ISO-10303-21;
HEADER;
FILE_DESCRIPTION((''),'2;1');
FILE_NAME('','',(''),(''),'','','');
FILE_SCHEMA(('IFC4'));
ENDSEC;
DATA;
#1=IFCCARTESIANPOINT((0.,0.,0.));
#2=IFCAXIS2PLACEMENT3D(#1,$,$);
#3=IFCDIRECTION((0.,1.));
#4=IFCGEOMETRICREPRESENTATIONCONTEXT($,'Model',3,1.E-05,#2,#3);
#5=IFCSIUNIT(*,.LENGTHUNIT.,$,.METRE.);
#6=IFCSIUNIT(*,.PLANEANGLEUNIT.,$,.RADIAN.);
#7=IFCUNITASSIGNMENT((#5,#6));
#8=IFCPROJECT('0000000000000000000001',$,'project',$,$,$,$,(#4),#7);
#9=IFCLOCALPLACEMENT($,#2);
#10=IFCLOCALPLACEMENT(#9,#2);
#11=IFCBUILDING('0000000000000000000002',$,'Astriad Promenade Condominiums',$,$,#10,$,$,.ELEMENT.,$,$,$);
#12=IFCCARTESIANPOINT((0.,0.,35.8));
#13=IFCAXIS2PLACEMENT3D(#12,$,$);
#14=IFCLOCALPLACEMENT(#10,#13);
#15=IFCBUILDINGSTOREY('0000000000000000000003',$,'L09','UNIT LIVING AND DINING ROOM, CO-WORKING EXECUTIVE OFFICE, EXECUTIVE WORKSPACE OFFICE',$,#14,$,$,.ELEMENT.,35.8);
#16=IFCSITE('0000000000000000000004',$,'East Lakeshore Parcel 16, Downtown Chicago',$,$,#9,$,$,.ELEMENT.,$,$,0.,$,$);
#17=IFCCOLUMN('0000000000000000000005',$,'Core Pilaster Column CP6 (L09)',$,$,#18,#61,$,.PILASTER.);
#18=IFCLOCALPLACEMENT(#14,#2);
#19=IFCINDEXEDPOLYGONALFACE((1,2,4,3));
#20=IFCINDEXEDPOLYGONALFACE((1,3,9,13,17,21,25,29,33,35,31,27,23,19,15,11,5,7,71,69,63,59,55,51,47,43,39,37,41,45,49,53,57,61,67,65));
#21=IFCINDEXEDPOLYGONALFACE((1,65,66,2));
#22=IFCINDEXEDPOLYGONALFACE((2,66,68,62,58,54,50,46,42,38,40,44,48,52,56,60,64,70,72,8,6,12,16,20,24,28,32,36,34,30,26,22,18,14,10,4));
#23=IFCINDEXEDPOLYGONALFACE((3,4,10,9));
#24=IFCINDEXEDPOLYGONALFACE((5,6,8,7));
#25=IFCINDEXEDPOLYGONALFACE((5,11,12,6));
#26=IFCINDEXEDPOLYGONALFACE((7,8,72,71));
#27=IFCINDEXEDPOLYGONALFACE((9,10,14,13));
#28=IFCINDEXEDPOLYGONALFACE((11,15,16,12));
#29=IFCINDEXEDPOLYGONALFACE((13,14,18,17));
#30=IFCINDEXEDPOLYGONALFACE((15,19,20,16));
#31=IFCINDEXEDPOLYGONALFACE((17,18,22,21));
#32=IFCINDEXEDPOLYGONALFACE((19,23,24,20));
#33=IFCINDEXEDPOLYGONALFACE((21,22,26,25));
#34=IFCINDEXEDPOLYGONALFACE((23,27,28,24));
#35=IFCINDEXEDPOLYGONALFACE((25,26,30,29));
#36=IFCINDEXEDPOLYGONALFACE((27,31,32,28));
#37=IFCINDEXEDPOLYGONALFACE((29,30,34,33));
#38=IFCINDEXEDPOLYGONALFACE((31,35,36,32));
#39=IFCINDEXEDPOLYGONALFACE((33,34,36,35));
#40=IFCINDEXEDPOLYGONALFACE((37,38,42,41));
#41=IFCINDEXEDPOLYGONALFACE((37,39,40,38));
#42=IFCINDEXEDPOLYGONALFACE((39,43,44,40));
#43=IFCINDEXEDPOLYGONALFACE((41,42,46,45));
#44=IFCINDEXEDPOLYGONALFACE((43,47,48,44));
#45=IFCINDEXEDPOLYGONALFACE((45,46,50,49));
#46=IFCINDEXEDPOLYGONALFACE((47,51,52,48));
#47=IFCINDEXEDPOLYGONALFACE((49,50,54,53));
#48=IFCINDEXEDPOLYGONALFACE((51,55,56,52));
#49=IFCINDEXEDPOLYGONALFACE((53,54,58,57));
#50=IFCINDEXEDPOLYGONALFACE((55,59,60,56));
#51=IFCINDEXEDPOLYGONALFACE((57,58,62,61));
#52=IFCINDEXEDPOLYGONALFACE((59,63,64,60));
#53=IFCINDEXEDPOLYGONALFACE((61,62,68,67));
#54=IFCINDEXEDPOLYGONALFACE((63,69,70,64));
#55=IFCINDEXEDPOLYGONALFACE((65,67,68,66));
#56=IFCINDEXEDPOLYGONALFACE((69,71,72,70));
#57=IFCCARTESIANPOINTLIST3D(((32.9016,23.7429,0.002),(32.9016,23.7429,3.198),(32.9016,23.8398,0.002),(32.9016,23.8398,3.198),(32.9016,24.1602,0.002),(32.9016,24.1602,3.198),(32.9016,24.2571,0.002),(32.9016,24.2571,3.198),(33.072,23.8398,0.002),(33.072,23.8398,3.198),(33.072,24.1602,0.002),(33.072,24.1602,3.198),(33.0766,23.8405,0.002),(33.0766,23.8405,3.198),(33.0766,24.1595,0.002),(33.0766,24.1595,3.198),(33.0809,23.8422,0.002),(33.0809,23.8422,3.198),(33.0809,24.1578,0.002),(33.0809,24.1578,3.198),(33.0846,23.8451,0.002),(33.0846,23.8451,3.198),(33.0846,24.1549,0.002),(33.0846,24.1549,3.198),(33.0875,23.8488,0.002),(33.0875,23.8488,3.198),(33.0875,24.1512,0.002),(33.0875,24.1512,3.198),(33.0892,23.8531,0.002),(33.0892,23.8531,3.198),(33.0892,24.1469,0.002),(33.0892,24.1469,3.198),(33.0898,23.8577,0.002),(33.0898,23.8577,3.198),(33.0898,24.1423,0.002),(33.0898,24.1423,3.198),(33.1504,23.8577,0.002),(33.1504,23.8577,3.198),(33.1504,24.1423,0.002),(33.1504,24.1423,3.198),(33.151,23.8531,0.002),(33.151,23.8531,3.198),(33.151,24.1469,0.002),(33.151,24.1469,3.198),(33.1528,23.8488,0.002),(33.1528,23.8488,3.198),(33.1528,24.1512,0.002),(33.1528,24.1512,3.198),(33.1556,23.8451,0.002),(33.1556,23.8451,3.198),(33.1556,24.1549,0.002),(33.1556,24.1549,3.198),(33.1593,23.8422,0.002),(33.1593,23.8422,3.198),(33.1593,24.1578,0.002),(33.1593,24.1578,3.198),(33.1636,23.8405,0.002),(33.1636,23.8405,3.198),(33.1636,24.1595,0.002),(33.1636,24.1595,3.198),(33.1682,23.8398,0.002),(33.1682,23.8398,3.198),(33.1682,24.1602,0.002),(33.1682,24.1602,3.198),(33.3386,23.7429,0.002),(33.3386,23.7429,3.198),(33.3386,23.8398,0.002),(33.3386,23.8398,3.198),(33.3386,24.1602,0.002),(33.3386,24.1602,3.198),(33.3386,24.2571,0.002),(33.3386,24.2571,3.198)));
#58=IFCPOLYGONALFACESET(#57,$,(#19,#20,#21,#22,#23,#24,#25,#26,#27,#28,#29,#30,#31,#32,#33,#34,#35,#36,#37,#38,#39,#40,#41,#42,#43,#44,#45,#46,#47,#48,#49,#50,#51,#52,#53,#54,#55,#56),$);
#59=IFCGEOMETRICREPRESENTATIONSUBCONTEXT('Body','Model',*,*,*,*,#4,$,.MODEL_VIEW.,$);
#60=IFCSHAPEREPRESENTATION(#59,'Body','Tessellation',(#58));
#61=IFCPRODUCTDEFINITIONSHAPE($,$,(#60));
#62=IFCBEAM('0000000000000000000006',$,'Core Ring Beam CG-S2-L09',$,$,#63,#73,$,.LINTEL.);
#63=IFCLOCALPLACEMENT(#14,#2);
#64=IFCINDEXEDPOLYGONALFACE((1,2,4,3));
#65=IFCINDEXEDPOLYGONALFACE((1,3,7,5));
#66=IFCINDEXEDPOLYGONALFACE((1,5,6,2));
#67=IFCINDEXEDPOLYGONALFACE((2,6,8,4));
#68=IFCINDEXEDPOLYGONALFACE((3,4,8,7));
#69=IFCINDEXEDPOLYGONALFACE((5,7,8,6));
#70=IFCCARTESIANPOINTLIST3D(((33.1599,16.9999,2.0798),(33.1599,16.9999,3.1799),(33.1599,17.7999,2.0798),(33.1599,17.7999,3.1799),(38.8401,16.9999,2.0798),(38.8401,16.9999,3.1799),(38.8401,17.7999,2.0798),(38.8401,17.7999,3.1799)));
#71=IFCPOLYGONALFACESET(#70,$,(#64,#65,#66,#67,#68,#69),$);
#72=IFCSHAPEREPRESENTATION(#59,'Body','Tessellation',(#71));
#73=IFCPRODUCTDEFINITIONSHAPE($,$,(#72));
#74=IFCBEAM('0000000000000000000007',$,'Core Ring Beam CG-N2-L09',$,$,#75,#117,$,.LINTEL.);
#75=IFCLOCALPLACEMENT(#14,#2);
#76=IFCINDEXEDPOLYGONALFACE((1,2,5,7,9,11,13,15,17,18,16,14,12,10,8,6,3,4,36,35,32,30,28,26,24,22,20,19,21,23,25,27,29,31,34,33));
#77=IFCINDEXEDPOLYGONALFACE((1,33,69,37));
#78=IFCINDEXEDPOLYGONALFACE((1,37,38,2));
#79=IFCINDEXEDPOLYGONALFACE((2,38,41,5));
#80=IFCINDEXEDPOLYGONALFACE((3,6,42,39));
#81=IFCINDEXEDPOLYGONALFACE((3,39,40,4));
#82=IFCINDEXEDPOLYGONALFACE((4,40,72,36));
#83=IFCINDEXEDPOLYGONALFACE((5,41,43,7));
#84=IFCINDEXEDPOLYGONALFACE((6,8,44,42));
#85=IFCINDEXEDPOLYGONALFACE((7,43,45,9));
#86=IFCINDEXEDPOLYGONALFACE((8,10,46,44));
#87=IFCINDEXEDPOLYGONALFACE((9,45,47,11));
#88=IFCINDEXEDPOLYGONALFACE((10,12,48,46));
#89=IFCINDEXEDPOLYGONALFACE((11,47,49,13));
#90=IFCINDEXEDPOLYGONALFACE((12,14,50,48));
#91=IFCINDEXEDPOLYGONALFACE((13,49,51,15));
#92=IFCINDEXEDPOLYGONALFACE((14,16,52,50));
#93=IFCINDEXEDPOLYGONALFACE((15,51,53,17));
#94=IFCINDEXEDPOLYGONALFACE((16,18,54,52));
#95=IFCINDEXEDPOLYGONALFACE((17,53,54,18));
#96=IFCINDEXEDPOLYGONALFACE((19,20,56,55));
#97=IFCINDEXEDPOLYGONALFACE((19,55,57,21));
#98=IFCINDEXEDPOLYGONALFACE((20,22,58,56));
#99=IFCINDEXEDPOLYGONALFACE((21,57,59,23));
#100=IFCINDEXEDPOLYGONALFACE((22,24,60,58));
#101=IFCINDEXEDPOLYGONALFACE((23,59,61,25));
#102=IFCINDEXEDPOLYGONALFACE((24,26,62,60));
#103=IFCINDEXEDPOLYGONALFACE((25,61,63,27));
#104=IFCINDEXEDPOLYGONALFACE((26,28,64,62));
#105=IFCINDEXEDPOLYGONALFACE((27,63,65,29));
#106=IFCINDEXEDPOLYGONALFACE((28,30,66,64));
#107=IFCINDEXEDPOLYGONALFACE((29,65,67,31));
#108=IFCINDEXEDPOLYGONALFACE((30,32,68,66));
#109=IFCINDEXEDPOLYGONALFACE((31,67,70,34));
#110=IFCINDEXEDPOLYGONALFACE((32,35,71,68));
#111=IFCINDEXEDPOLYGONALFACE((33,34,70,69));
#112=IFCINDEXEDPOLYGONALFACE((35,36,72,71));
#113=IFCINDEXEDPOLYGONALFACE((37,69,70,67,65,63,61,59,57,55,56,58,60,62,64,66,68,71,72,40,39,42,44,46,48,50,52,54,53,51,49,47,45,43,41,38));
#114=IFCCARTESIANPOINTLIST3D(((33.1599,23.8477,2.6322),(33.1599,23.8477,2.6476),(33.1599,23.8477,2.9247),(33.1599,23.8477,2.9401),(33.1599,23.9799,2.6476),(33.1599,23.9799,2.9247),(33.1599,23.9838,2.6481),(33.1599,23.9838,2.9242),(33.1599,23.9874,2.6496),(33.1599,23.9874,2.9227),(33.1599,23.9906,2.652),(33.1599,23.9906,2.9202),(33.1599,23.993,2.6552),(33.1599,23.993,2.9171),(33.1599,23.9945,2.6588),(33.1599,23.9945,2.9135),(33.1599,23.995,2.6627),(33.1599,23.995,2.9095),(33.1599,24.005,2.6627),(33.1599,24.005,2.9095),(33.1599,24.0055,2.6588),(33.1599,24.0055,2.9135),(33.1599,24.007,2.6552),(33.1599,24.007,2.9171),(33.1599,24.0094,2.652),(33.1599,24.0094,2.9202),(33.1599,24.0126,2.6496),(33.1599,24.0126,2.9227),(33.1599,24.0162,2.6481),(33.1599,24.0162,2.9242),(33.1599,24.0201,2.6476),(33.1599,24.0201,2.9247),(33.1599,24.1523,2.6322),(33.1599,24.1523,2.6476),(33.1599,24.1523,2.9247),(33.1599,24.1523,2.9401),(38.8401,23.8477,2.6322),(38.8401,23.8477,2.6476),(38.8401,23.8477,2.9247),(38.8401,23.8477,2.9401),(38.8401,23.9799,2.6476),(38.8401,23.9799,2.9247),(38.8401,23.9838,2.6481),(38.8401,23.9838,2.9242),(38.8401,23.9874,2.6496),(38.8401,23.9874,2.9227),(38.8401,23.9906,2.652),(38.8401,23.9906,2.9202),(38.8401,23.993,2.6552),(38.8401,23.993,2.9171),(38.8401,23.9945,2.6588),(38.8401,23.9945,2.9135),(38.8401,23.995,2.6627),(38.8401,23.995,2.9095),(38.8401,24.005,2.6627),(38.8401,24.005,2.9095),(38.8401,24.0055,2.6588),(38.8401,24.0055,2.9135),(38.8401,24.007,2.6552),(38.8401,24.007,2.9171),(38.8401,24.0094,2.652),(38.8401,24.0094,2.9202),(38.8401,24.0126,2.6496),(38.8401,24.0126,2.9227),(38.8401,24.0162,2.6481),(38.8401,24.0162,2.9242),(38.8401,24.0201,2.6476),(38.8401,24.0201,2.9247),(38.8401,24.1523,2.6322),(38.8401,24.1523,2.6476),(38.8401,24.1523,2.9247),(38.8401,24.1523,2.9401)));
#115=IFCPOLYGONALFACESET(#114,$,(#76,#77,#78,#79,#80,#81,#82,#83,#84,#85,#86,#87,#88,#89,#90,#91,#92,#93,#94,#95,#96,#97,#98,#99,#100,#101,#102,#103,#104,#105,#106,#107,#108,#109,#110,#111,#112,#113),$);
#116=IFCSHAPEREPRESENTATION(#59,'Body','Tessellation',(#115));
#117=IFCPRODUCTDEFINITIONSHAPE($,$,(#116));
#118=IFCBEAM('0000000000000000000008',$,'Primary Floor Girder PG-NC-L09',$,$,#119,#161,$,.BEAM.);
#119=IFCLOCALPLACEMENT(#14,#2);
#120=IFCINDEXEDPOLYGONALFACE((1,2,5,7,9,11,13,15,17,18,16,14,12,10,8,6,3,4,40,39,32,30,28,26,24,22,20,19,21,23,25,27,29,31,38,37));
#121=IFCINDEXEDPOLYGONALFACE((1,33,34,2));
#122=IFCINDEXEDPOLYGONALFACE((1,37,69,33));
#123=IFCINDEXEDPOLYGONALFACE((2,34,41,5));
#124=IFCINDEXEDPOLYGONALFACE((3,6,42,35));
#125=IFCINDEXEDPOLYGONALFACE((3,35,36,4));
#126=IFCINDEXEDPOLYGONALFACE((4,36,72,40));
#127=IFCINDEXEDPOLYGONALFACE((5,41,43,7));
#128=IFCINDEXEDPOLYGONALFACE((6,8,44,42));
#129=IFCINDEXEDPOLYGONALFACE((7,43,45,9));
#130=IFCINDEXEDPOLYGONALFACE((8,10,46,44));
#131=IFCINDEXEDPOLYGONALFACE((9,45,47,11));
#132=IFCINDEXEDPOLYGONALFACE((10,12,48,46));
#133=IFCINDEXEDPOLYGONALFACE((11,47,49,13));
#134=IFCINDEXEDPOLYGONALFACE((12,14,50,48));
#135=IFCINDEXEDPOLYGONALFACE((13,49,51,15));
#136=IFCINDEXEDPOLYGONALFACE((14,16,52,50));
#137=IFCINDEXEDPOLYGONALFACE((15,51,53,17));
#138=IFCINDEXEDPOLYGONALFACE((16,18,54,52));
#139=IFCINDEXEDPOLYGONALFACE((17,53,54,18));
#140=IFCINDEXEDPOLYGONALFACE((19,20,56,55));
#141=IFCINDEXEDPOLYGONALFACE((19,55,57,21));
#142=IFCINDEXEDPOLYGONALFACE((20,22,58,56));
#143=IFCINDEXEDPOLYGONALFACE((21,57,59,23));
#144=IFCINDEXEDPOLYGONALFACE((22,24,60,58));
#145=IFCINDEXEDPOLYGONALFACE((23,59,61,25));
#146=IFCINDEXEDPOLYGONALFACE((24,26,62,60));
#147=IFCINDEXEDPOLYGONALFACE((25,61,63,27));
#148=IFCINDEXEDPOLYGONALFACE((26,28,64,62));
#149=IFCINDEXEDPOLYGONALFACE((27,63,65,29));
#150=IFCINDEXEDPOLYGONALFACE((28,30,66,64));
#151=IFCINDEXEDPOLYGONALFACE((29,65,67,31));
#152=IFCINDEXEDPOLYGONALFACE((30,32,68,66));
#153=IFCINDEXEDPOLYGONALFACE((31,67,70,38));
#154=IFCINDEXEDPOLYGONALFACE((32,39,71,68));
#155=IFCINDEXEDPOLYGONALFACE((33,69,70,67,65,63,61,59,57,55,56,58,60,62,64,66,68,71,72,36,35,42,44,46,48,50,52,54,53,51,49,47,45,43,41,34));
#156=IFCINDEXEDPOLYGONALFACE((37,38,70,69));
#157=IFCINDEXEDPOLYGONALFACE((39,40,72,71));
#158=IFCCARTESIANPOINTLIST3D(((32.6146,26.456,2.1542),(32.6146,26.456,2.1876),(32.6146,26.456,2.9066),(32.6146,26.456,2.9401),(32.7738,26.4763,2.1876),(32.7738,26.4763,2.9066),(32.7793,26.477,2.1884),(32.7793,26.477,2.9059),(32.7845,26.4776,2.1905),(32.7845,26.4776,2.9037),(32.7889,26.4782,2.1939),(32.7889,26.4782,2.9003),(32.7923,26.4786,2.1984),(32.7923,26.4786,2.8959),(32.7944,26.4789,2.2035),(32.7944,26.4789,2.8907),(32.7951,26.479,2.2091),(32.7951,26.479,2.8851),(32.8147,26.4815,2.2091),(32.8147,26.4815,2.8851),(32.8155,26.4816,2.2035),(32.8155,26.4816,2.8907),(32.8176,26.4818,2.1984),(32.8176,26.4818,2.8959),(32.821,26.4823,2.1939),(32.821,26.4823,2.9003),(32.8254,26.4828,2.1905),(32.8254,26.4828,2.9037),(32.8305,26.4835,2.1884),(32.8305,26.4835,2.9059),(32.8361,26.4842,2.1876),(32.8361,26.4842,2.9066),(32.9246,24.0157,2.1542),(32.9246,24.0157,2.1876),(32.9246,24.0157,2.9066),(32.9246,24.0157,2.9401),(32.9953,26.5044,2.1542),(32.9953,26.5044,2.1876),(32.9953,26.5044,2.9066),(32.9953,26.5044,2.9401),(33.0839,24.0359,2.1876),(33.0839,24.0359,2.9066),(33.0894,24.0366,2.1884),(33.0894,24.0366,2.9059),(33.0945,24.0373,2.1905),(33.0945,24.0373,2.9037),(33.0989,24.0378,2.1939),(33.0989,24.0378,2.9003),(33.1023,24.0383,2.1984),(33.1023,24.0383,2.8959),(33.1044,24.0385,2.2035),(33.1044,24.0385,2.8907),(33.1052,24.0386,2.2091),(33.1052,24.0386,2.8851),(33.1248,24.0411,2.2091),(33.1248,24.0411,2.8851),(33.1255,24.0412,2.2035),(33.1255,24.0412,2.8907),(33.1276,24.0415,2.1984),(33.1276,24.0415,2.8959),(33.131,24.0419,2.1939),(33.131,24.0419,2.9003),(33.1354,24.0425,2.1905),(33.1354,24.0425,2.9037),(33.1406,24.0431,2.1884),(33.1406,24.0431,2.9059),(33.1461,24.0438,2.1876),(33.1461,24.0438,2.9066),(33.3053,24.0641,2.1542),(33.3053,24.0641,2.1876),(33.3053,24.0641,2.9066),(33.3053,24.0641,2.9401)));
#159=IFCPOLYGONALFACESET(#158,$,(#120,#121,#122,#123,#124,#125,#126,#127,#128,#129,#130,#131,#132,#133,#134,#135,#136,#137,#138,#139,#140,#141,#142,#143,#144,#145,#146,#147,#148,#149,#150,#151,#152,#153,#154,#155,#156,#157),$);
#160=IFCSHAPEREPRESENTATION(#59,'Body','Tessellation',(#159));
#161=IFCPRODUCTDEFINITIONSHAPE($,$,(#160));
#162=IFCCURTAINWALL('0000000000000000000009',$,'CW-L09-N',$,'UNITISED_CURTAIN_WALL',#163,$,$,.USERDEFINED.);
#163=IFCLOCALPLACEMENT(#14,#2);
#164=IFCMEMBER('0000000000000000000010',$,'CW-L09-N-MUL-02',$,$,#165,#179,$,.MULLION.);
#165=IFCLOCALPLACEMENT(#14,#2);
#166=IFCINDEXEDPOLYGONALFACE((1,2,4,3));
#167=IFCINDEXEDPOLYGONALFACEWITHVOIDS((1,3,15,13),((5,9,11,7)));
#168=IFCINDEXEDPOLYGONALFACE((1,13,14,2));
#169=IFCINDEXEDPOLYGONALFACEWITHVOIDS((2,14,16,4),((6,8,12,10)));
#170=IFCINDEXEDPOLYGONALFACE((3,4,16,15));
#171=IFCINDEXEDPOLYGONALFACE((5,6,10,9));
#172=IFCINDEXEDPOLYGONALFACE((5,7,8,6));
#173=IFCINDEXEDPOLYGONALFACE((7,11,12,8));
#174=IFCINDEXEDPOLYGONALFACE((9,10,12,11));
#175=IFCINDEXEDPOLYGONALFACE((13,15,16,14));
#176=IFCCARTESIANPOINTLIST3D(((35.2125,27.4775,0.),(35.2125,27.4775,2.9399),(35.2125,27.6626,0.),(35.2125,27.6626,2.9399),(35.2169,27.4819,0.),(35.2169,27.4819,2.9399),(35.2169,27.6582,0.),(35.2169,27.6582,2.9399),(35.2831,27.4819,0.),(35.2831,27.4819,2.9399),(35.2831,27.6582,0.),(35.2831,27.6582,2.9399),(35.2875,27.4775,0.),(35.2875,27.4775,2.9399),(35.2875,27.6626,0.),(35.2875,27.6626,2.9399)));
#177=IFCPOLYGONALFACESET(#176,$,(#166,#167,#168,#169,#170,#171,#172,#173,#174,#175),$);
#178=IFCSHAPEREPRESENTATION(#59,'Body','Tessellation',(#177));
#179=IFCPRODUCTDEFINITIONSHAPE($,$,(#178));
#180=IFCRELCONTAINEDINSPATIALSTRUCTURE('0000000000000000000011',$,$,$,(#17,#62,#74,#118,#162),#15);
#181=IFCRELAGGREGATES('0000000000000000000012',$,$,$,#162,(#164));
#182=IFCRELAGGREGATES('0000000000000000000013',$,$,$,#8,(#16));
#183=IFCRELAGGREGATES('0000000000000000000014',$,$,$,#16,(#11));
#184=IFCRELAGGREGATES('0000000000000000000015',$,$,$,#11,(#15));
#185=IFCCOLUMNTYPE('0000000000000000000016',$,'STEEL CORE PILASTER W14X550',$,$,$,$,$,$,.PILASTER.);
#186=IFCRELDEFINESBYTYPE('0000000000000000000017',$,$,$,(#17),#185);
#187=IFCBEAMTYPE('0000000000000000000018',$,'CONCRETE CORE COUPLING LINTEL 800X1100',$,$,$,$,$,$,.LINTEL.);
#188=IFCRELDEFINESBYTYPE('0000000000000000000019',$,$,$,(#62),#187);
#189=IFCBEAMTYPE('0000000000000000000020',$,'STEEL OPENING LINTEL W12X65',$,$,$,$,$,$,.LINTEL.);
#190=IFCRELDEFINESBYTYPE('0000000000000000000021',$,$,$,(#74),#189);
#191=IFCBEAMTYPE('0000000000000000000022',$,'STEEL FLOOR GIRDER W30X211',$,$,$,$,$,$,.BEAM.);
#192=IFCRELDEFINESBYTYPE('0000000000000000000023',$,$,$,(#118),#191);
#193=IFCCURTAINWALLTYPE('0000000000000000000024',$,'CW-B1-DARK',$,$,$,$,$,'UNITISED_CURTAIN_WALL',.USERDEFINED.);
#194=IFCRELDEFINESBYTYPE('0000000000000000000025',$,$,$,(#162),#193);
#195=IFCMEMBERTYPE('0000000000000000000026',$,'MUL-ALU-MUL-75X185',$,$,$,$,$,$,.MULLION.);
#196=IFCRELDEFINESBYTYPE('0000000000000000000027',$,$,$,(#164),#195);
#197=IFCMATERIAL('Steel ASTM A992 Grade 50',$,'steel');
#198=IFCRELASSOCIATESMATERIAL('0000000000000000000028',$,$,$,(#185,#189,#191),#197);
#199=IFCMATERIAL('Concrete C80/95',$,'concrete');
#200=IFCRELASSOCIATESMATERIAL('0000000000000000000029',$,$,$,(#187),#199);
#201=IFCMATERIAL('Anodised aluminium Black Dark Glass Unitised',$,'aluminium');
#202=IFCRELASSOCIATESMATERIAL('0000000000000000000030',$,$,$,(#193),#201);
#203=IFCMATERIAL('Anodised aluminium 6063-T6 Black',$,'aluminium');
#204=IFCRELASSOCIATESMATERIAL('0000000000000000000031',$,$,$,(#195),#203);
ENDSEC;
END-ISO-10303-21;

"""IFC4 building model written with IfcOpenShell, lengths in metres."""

from ifc_helpers import new_model, si_unit, direction, frame, origin, origin_2d, place, context, subcontext, project, spatial, rectangle, hollow_rectangle, i_section, extrude, source, transform, mapped, material, material_profile, profile_set, type_object, type_shapes, element, aggregate, save


model = new_model("IFC4")

# Units and contexts
model_context = context("Model", 3, precision=1e-05, world=origin(), true_north=direction((0.0, 1.0)))
body_context = subcontext(model_context, "Body", "Model", "MODEL_VIEW")
ifc_project = project(units=[si_unit("LENGTHUNIT", "METRE"), si_unit("PLANEANGLEUNIT", "RADIAN")], contexts=[model_context])

# Site, building, storey
site_placement = place(None, origin())
site = spatial("IfcSite", under=ifc_project, at=site_placement, Name="East Lakeshore Parcel 16, Downtown Chicago", CompositionType="ELEMENT", RefElevation=0.0)
building_placement = place(site_placement, origin())
building = spatial("IfcBuilding", under=site, at=building_placement, Name="Astriad Promenade Condominiums", CompositionType="ELEMENT")
storey_placement = place(building_placement, frame((0.0, 0.0, 35.8)))
storey = spatial("IfcBuildingStorey", under=building, at=storey_placement, Name="L09", Description="UNIT LIVING AND DINING ROOM, CO-WORKING EXECUTIVE OFFICE, EXECUTIVE WORKSPACE OFFICE", CompositionType="ELEMENT", Elevation=35.8)

# Column
ifc_material_1 = material(Name="Steel ASTM A992 Grade 50", Category="steel")
ifc_material_profile_1 = material_profile(ifc_material_1, i_section(OverallWidth=0.437, OverallDepth=0.5142, WebThickness=0.0605, FlangeThickness=0.0969, FilletRadius=0.0178, at=origin_2d()), Name="W14X550")
ifc_profile_set_1 = profile_set([ifc_material_profile_1], Name="Steel ASTM A992 Grade 50")
column_type = type_object("IfcColumnType", Name="STEEL CORE PILASTER W14X550", PredefinedType="PILASTER", material=ifc_profile_set_1)
shared_shape_1 = source(origin(), body_context, "Body", "SweptSolid", [
    extrude(i_section(OverallWidth=0.437, OverallDepth=0.5142, WebThickness=0.0605, FlangeThickness=0.0969, FilletRadius=0.0178, at=origin_2d()), origin(), (0.0, 0.0, 1.0), 3.196),
])
type_shapes(column_type, [shared_shape_1])
column_placement = place(storey_placement, frame((33.1201, 24.0, 0.002), z_axis=(0.0, 0.0, 1.0), x_axis=(1.0, 0.0, 0.0)))
element("IfcColumn", 1, at=column_placement, inside=storey, type_object=column_type, Name="Core Pilaster Column CP6 (L09)", PredefinedType="PILASTER", context=body_context, shape_type="MappedRepresentation", body=[
    mapped(shared_shape_1, transform((0.0, 0.0, 0.0), scale=1.0)),
])

# Beams
ifc_material_2 = material(Name="Concrete C80/95", Category="concrete")
ifc_material_profile_2 = material_profile(ifc_material_2, rectangle(XDim=0.8, YDim=1.1001, at=origin_2d()), Name="RC-BM-800X1100")
ifc_profile_set_2 = profile_set([ifc_material_profile_2], Name="Concrete C80/95")
beam_type_1 = type_object("IfcBeamType", Name="CONCRETE CORE COUPLING LINTEL 800X1100", PredefinedType="LINTEL", material=ifc_profile_set_2)
shared_shape_2 = source(origin(), body_context, "Body", "SweptSolid", [
    extrude(rectangle(XDim=0.8, YDim=1.1001, at=origin_2d()), origin(), (0.0, 0.0, 1.0), 5.6802),
])
type_shapes(beam_type_1, [shared_shape_2])
beam_1_placement = place(storey_placement, frame((33.1599, 17.3999, 2.6299), z_axis=(1.0, 0.0, 0.0), x_axis=(0.0, 1.0, 0.0)))
element("IfcBeam", 2, at=beam_1_placement, inside=storey, type_object=beam_type_1, Name="Core Ring Beam CG-S2-L09", PredefinedType="LINTEL", context=body_context, shape_type="MappedRepresentation", body=[
    mapped(shared_shape_2, transform((0.0, 0.0, 0.0), scale=1.0)),
])
ifc_material_profile_3 = material_profile(ifc_material_1, i_section(OverallWidth=0.3047, OverallDepth=0.3079, WebThickness=0.01, FlangeThickness=0.0154, FilletRadius=0.0151, at=origin_2d()), Name="W12X65")
ifc_profile_set_3 = profile_set([ifc_material_profile_3], Name="Steel ASTM A992 Grade 50")
beam_type_2 = type_object("IfcBeamType", Name="STEEL OPENING LINTEL W12X65", PredefinedType="LINTEL", material=ifc_profile_set_3)
shared_shape_3 = source(origin(), body_context, "Body", "SweptSolid", [
    extrude(i_section(OverallWidth=0.3047, OverallDepth=0.3079, WebThickness=0.01, FlangeThickness=0.0154, FilletRadius=0.0151, at=origin_2d()), origin(), (0.0, 0.0, 1.0), 5.6802),
])
type_shapes(beam_type_2, [shared_shape_3])
beam_2_placement = place(storey_placement, frame((33.1599, 24.0, 2.7861), z_axis=(1.0, 0.0, 0.0), x_axis=(0.0, 1.0, 0.0)))
element("IfcBeam", 3, at=beam_2_placement, inside=storey, type_object=beam_type_2, Name="Core Ring Beam CG-N2-L09", PredefinedType="LINTEL", context=body_context, shape_type="MappedRepresentation", body=[
    mapped(shared_shape_3, transform((0.0, 0.0, 0.0), scale=1.0)),
])
ifc_material_profile_4 = material_profile(ifc_material_1, i_section(OverallWidth=0.3838, OverallDepth=0.7859, WebThickness=0.0198, FlangeThickness=0.0334, FilletRadius=0.0215, at=origin_2d()), Name="W30X211")
ifc_profile_set_4 = profile_set([ifc_material_profile_4], Name="Steel ASTM A992 Grade 50")
beam_type_3 = type_object("IfcBeamType", Name="STEEL FLOOR GIRDER W30X211", PredefinedType="BEAM", material=ifc_profile_set_4)
shared_shape_4 = source(origin(), body_context, "Body", "SweptSolid", [
    extrude(i_section(OverallWidth=0.3838, OverallDepth=0.7859, WebThickness=0.0198, FlangeThickness=0.0334, FilletRadius=0.0215, at=origin_2d()), origin(), (0.0, 0.0, 1.0), 2.46),
])
type_shapes(beam_type_3, [shared_shape_4])
beam_3_placement = place(storey_placement, frame((32.8049, 26.4802, 2.5471), z_axis=(0.126038, -0.992025, 0.0), x_axis=(0.992025, 0.126038, 0.0)))
element("IfcBeam", 4, at=beam_3_placement, inside=storey, type_object=beam_type_3, Name="Primary Floor Girder PG-NC-L09", PredefinedType="BEAM", context=body_context, shape_type="MappedRepresentation", body=[
    mapped(shared_shape_4, transform((0.0, 0.0, 0.0), scale=1.0)),
])

# Curtain wall, member
ifc_material_3 = material(Name="Anodised aluminium Black Dark Glass Unitised", Category="aluminium")
curtain_wall_type = type_object("IfcCurtainWallType", Name="CW-B1-DARK", ElementType="UNITISED_CURTAIN_WALL", PredefinedType="USERDEFINED", material=ifc_material_3)
curtain_wall_placement = place(storey_placement, origin())
curtain_wall = element("IfcCurtainWall", 5, at=curtain_wall_placement, inside=storey, type_object=curtain_wall_type, Name="CW-L09-N", ObjectType="UNITISED_CURTAIN_WALL", PredefinedType="USERDEFINED")
ifc_material_4 = material(Name="Anodised aluminium 6063-T6 Black", Category="aluminium")
ifc_material_profile_5 = material_profile(ifc_material_4, hollow_rectangle(XDim=0.075, YDim=0.1851, WallThickness=0.0044, at=origin_2d()), Name="ALU-MUL-75X185")
ifc_profile_set_5 = profile_set([ifc_material_profile_5], Name="Anodised aluminium 6063-T6 Black")
member_type_1 = type_object("IfcMemberType", Name="MUL-ALU-MUL-75X185", PredefinedType="MULLION", material=ifc_profile_set_5)
shared_shape_5 = source(origin(), body_context, "Body", "SweptSolid", [
    extrude(hollow_rectangle(XDim=0.075, YDim=0.1851, WallThickness=0.0044, at=origin_2d()), origin(), (0.0, 0.0, 1.0), 2.9399),
])
type_shapes(member_type_1, [shared_shape_5])
member_1_placement = place(storey_placement, frame((35.25, 27.5701, 0.0), z_axis=(0.0, 0.0, 1.0), x_axis=(1.0, 0.0, 0.0)))
member_1 = element("IfcMember", 6, at=member_1_placement, type_object=member_type_1, Name="CW-L09-N-MUL-02", PredefinedType="MULLION", context=body_context, shape_type="MappedRepresentation", body=[
    mapped(shared_shape_5, transform((0.0, 0.0, 0.0), scale=1.0)),
])
aggregate(curtain_wall, [member_1])

save(model, "model.ifc")
